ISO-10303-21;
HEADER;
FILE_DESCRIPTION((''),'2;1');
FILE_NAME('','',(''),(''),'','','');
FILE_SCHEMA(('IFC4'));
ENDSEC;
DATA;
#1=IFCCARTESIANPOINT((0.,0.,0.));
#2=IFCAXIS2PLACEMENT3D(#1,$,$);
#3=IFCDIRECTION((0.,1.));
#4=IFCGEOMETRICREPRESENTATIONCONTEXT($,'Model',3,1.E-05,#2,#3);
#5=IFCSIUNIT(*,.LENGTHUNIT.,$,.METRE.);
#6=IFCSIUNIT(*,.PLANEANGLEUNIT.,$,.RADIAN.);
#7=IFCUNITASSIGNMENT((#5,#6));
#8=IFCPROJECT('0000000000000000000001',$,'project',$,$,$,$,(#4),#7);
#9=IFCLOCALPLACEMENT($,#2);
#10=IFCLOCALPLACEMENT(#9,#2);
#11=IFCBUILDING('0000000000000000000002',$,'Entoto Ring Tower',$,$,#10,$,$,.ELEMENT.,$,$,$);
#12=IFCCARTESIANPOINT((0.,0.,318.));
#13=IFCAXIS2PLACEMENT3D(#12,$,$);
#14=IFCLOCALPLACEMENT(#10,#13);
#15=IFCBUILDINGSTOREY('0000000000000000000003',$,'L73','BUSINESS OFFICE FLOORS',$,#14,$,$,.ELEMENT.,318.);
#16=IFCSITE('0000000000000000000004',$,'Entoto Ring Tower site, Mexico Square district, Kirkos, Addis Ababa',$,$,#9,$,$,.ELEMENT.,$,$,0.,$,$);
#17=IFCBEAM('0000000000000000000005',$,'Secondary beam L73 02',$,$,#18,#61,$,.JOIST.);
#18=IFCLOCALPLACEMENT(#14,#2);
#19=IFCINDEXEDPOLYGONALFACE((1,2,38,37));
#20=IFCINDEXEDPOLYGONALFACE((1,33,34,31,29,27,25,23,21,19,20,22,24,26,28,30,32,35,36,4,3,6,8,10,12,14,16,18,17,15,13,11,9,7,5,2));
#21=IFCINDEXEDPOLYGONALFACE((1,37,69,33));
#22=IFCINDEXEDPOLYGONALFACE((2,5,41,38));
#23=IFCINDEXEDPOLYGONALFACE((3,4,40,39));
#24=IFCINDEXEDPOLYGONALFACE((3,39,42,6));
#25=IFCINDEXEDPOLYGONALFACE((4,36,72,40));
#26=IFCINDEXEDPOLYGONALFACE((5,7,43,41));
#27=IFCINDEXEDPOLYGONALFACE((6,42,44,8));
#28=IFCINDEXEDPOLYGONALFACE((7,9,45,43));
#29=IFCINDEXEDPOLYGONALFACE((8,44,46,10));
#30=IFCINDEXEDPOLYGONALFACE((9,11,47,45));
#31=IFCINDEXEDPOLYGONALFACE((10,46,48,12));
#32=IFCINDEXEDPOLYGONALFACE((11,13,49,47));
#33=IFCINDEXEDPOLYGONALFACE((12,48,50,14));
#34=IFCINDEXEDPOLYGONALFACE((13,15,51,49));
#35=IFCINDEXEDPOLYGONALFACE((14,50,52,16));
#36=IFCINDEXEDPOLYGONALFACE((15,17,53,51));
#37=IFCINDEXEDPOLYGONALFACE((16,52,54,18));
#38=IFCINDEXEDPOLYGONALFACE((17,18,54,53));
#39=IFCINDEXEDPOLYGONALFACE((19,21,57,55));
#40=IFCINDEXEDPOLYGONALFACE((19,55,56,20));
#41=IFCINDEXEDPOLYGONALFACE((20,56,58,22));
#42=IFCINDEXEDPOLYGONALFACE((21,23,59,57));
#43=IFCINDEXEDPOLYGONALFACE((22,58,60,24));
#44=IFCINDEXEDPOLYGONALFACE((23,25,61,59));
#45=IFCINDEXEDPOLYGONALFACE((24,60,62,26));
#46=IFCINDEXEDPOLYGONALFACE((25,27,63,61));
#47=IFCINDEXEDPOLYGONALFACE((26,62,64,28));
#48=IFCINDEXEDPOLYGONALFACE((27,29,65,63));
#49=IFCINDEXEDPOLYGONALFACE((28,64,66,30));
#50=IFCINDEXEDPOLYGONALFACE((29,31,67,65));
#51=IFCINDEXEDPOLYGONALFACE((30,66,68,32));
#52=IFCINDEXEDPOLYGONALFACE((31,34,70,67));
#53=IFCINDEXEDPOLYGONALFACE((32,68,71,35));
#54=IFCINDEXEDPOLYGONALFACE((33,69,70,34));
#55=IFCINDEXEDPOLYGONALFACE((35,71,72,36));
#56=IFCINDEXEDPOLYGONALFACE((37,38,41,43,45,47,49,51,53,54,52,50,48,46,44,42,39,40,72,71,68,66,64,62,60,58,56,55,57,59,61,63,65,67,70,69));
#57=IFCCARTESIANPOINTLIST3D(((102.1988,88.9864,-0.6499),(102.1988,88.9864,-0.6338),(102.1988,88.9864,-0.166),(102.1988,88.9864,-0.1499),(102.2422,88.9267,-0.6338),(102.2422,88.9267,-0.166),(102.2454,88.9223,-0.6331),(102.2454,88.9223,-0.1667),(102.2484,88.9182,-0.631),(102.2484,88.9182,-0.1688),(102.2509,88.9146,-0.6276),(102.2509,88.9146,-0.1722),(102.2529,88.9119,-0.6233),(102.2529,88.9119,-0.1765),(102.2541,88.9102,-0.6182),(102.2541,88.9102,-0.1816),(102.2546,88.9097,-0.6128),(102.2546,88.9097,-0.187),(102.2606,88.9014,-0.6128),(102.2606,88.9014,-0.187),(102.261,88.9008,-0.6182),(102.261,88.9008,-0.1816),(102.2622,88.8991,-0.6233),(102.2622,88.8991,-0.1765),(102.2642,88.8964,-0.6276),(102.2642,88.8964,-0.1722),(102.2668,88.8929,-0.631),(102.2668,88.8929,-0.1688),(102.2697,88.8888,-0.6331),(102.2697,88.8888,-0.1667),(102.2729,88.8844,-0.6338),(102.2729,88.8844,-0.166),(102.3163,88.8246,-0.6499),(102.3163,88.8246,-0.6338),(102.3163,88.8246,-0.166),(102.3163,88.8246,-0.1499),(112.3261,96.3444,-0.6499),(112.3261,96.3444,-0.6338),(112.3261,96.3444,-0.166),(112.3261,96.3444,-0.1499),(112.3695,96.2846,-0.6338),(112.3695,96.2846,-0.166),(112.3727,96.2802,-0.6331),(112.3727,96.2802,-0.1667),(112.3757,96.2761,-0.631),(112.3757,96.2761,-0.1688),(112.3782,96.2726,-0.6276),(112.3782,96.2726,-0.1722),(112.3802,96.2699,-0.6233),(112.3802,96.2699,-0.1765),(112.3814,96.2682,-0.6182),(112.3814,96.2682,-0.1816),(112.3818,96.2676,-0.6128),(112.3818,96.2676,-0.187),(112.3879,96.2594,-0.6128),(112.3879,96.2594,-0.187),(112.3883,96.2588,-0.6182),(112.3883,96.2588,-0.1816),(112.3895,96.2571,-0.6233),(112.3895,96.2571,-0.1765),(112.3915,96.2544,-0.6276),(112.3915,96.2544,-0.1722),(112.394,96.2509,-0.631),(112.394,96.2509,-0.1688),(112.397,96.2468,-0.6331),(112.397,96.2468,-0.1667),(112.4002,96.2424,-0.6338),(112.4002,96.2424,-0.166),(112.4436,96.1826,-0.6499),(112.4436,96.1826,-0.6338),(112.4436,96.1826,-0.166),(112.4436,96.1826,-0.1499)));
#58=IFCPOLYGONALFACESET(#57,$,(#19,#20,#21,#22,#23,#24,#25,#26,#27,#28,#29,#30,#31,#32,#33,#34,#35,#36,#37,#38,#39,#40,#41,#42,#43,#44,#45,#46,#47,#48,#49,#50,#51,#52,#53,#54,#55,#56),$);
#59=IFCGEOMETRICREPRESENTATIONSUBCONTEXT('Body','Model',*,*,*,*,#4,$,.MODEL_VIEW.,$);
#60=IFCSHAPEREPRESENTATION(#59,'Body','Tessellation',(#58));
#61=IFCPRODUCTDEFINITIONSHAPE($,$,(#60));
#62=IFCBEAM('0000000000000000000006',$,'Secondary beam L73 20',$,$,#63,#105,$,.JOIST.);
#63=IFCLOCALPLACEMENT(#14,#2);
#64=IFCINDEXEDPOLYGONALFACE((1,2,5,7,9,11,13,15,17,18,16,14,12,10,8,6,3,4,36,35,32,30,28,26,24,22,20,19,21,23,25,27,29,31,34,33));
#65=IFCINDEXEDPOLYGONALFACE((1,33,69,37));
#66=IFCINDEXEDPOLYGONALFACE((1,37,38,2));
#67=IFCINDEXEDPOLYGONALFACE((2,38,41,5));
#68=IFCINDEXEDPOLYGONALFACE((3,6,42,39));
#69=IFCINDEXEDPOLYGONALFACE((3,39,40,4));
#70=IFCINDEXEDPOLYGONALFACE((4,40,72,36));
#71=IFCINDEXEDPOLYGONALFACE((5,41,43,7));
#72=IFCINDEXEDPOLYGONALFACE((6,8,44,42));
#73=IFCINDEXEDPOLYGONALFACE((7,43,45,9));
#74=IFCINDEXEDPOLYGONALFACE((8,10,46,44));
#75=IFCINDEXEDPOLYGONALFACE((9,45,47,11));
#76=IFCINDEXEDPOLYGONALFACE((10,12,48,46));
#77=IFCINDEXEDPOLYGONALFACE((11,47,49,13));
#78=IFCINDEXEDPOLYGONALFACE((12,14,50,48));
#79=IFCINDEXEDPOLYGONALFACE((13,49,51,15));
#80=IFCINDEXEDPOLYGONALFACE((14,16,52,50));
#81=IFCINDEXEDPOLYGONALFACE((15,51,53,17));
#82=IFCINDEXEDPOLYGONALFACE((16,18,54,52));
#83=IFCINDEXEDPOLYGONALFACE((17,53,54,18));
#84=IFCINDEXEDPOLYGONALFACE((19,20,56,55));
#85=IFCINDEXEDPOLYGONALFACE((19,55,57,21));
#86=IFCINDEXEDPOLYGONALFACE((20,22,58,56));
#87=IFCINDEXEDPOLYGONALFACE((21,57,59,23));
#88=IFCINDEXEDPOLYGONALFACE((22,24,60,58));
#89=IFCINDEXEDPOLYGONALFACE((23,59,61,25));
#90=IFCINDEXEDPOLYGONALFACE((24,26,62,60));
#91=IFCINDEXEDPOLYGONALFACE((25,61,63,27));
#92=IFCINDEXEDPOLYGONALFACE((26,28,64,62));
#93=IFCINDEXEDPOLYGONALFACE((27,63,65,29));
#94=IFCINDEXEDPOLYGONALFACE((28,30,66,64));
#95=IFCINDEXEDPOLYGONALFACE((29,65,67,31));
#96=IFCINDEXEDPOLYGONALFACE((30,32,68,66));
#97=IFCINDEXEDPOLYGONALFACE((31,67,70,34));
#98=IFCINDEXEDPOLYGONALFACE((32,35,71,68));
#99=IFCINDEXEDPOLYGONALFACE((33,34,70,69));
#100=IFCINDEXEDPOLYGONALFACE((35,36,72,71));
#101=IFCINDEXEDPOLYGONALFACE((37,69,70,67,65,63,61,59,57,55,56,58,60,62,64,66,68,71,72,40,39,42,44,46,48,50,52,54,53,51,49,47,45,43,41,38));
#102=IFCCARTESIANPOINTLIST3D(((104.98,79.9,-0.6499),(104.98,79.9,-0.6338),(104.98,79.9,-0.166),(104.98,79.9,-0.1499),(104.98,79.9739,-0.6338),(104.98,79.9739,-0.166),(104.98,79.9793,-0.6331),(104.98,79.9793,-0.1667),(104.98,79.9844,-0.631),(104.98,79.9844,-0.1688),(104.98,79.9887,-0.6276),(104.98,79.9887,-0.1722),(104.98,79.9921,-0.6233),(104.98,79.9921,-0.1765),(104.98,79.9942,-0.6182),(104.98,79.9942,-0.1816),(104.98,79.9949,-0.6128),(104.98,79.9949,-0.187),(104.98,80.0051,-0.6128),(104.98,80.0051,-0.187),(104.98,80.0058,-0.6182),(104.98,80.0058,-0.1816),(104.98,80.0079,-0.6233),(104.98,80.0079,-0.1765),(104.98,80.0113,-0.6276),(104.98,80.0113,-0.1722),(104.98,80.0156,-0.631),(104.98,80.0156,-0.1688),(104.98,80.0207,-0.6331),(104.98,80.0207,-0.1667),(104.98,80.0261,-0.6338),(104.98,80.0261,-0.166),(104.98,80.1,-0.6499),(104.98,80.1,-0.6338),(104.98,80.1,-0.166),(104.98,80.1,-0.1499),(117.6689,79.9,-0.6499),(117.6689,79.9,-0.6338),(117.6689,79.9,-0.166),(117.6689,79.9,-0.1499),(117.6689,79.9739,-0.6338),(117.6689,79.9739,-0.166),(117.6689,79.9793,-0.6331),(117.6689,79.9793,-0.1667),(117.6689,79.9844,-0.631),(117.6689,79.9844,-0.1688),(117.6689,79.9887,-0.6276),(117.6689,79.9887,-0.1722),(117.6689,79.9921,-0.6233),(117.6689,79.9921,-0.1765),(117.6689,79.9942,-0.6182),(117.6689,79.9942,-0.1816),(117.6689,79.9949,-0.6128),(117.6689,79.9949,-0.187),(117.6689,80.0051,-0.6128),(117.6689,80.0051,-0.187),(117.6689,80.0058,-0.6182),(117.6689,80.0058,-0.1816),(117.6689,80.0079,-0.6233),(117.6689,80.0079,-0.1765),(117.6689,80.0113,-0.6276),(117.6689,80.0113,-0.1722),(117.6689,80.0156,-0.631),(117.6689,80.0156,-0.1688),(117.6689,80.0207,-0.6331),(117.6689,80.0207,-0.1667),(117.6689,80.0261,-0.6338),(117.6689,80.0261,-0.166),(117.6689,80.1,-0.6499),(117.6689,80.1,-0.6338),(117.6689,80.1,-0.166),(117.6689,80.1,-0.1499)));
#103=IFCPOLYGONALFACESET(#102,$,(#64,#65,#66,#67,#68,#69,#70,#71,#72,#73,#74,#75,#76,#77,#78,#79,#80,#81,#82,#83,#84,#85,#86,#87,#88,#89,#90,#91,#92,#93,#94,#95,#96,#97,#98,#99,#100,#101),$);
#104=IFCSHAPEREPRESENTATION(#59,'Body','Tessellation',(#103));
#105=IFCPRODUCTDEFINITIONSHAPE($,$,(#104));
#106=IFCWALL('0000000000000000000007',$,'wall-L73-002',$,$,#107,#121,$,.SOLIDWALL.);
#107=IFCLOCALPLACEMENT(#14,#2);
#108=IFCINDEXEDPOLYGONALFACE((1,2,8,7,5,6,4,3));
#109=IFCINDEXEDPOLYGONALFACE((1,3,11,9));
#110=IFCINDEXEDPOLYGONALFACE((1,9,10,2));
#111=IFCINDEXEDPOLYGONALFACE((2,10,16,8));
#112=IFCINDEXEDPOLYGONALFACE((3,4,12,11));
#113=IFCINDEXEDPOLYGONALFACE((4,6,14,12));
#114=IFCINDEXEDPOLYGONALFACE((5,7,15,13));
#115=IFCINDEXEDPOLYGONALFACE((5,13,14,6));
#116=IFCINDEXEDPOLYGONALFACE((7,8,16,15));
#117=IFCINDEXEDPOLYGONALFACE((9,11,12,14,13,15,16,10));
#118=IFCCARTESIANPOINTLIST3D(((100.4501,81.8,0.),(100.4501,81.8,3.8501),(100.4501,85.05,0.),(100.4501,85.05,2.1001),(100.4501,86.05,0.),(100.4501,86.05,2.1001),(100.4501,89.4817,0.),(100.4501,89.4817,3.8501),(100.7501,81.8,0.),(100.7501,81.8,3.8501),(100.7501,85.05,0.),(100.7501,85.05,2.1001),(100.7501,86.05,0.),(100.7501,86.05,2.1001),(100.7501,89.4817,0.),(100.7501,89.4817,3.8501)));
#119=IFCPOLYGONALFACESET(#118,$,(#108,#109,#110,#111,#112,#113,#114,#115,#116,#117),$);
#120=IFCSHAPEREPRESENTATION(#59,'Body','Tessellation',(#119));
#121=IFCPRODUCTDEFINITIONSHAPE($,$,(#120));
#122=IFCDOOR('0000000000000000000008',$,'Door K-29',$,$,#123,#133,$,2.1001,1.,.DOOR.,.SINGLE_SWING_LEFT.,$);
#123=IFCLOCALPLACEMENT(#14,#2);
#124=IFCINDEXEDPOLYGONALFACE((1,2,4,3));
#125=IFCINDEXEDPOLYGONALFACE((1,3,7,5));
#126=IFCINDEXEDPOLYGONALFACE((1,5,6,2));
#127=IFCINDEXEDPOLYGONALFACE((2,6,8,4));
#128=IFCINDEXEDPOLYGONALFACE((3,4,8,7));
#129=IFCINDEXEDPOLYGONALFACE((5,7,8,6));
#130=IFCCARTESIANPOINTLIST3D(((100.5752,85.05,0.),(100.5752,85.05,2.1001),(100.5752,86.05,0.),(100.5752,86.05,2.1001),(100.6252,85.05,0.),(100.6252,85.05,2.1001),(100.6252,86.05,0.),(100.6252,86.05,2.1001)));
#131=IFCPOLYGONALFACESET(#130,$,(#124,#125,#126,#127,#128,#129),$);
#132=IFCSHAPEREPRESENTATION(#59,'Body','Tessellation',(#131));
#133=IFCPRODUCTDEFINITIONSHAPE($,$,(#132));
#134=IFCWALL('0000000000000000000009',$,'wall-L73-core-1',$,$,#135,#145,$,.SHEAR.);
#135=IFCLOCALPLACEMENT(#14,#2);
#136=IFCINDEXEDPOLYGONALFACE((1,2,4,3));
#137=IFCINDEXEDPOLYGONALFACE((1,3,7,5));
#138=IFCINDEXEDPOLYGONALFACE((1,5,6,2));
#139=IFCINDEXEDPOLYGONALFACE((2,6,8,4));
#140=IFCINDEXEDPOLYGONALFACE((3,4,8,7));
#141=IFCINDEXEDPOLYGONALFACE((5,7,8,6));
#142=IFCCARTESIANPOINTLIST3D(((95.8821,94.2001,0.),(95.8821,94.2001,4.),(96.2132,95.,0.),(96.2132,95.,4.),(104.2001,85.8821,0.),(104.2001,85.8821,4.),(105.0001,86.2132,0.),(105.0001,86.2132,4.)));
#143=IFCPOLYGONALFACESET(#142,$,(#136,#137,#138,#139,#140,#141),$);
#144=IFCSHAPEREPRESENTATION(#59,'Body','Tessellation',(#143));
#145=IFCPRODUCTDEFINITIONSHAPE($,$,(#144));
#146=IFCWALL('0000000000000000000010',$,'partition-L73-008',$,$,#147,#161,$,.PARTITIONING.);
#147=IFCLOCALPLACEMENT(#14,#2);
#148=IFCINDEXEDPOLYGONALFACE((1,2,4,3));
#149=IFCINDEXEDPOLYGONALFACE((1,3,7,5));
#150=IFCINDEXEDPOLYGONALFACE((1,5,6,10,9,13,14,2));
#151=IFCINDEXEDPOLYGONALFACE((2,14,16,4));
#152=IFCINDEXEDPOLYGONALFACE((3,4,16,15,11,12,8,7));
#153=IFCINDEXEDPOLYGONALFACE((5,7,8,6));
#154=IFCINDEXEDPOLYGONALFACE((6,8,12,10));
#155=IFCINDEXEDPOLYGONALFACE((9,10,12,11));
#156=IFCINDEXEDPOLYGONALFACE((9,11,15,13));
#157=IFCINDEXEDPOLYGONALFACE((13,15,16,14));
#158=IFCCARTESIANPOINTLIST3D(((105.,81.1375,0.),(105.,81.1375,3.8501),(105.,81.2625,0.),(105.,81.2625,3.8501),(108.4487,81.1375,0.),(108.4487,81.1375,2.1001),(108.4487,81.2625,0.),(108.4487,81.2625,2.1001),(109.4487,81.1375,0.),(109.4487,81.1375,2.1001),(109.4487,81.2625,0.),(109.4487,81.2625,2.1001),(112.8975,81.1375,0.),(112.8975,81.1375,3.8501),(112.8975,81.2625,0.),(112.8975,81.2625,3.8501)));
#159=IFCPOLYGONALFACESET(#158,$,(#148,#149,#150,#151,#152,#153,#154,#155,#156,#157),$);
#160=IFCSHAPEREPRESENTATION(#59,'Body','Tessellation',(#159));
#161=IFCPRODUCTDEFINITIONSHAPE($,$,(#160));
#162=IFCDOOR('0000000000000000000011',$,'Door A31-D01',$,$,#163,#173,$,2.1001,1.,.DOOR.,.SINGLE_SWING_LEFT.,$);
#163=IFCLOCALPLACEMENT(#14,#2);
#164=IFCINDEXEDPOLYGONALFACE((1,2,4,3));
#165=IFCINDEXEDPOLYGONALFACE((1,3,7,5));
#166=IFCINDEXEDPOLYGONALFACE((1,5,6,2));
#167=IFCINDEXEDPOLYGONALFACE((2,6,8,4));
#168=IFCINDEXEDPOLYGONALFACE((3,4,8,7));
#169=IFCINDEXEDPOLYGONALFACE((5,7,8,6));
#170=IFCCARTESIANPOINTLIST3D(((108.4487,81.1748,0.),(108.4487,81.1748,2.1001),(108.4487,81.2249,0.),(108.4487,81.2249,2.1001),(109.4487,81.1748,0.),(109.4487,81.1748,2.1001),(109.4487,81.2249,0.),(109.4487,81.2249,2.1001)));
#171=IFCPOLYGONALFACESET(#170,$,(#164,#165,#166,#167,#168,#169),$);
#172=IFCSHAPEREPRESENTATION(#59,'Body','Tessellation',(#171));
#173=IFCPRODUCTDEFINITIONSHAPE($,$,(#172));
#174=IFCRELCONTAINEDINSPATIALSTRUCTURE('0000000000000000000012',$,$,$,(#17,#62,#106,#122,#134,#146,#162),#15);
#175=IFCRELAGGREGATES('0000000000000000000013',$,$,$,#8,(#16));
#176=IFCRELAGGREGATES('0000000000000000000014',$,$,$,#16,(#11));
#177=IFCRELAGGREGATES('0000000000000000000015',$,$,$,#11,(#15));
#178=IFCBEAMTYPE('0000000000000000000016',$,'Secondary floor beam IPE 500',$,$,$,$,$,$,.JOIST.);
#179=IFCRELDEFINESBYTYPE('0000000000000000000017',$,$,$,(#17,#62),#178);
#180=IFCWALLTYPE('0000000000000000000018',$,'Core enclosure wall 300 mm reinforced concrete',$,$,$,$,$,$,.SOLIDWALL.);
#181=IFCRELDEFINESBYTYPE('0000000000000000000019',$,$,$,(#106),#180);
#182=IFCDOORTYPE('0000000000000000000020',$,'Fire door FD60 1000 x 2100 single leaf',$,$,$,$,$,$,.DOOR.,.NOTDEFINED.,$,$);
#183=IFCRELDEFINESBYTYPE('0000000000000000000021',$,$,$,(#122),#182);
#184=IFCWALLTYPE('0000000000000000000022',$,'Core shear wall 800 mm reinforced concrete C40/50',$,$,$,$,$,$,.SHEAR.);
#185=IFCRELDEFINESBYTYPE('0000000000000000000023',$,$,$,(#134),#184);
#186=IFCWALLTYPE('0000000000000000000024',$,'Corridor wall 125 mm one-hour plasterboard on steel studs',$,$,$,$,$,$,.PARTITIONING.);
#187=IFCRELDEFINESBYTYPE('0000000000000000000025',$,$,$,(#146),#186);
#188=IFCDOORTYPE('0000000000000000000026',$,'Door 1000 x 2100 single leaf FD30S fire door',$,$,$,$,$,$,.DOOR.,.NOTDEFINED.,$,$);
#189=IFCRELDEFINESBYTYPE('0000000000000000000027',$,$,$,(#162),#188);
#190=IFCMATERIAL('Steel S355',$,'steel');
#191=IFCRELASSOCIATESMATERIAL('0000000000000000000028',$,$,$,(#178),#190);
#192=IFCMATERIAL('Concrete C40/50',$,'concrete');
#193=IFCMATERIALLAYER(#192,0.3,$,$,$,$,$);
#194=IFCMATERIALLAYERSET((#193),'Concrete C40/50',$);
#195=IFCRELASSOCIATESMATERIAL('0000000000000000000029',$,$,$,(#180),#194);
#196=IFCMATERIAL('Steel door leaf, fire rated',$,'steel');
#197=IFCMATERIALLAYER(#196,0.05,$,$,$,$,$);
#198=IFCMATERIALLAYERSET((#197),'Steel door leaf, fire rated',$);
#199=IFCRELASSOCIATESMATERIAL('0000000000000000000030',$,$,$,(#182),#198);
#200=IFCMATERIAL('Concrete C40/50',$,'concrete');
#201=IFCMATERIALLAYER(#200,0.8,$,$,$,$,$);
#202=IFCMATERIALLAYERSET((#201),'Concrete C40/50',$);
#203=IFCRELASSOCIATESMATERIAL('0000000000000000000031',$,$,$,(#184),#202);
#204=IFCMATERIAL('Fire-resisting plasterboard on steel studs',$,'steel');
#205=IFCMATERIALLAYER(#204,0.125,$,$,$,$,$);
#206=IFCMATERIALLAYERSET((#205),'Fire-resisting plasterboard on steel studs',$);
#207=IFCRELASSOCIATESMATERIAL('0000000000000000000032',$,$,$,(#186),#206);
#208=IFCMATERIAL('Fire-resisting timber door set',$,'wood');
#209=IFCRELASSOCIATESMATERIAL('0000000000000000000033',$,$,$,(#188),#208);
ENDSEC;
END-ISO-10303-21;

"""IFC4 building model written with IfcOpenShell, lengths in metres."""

from ifc_helpers import new_model, si_unit, direction, frame, frame_2d, origin, origin_2d, place, context, subcontext, project, spatial, polyline, rectangle, i_section, outline, extrude, material, layer, layer_set, material_profile, profile_set, type_object, element, fill, save


model = new_model("IFC4")

# Units and contexts
model_context = context("Model", 3, precision=1e-05, world=origin(), true_north=direction((0.0, 1.0)))
body_context = subcontext(model_context, "Body", "Model", "MODEL_VIEW")
ifc_project = project(units=[si_unit("LENGTHUNIT", "METRE"), si_unit("PLANEANGLEUNIT", "RADIAN")], contexts=[model_context])

# Site, building, storey
site_placement = place(None, origin())
site = spatial("IfcSite", under=ifc_project, at=site_placement, Name="Entoto Ring Tower site, Mexico Square district, Kirkos, Addis Ababa", CompositionType="ELEMENT", RefElevation=0.0)
building_placement = place(site_placement, origin())
building = spatial("IfcBuilding", under=site, at=building_placement, Name="Entoto Ring Tower", CompositionType="ELEMENT")
storey_placement = place(building_placement, frame((0.0, 0.0, 318.0)))
storey = spatial("IfcBuildingStorey", under=building, at=storey_placement, Name="L73", Description="BUSINESS OFFICE FLOORS", CompositionType="ELEMENT", Elevation=318.0)

# Beams
ifc_material_1 = material(Name="Steel S355", Category="steel")
ifc_material_profile_1 = material_profile(ifc_material_1, i_section(OverallWidth=0.2, OverallDepth=0.5, WebThickness=0.0103, FlangeThickness=0.0161, FilletRadius=0.021, at=origin_2d()), Name="IPE 500")
ifc_profile_set_1 = profile_set([ifc_material_profile_1], Name="Steel S355")
beam_type_1 = type_object("IfcBeamType", Name="Secondary floor beam IPE 500", PredefinedType="JOIST", material=ifc_profile_set_1)
beam_1_placement = place(storey_placement, frame((102.2576, 88.9055, -0.3999), z_axis=(0.809014, 0.587789, 0.0), x_axis=(-0.587789, 0.809014, 0.0)))
element("IfcBeam", 1, at=beam_1_placement, inside=storey, type_object=beam_type_1, Name="Secondary beam L73 02", PredefinedType="JOIST", context=body_context, shape_type="SweptSolid", body=[
    extrude(i_section(OverallWidth=0.2, OverallDepth=0.5, WebThickness=0.0103, FlangeThickness=0.0161, FilletRadius=0.021, at=origin_2d()), origin(), (0.0, 0.0, 1.0), 12.5181),
])
beam_2_placement = place(storey_placement, frame((104.98, 80.0, -0.3999), z_axis=(1.0, 0.0, 0.0), x_axis=(0.0, 1.0, 0.0)))
element("IfcBeam", 2, at=beam_2_placement, inside=storey, type_object=beam_type_1, Name="Secondary beam L73 20", PredefinedType="JOIST", context=body_context, shape_type="SweptSolid", body=[
    extrude(i_section(OverallWidth=0.2, OverallDepth=0.5, WebThickness=0.0103, FlangeThickness=0.0161, FilletRadius=0.021, at=origin_2d()), origin(), (0.0, 0.0, 1.0), 12.689),
])

# Wall, opening, door
ifc_material_2 = material(Name="Concrete C40/50", Category="concrete")
ifc_layer_1 = layer(ifc_material_2, 0.3)
ifc_layer_set_1 = layer_set([ifc_layer_1], Name="Concrete C40/50")
wall_type_1 = type_object("IfcWallType", Name="Core enclosure wall 300 mm reinforced concrete", PredefinedType="SOLIDWALL", material=ifc_layer_set_1)
wall_1_placement = place(storey_placement, frame((100.6001, 81.8, 0.0), z_axis=(0.0, 0.0, 1.0), x_axis=(0.0, 1.0, 0.0)))
wall_1 = element("IfcWall", 3, at=wall_1_placement, inside=storey, type_object=wall_type_1, Name="wall-L73-002", PredefinedType="SOLIDWALL", context=body_context, shape_type="SweptSolid", body=[
    extrude(rectangle(XDim=7.6816, YDim=0.3, at=frame_2d((3.8408, 0.0))), origin(), (0.0, 0.0, 1.0), 3.8501),
])
opening_1_placement = place(wall_1_placement, frame((3.25, 0.0, 0.0)))
opening_1 = element("IfcOpeningElement", 4, at=opening_1_placement, cuts=wall_1, PredefinedType="OPENING", context=body_context, shape_type="SweptSolid", body=[
    extrude(rectangle(XDim=1.0, YDim=2.1001, at=frame_2d((0.5, 1.05))), frame((0.0, 0.1602, 0.0), z_axis=(0.0, -1.0, 0.0), x_axis=(1.0, 0.0, 0.0)), (0.0, 0.0, 1.0), 0.3201),
])
ifc_material_3 = material(Name="Steel door leaf, fire rated", Category="steel")
ifc_layer_2 = layer(ifc_material_3, 0.05)
ifc_layer_set_2 = layer_set([ifc_layer_2], Name="Steel door leaf, fire rated")
door_type_1 = type_object("IfcDoorType", Name="Fire door FD60 1000 x 2100 single leaf", OperationType="NOTDEFINED", PredefinedType="DOOR", material=ifc_layer_set_2)
door_1_placement = place(opening_1_placement, origin())
door_1 = element("IfcDoor", 5, at=door_1_placement, inside=storey, type_object=door_type_1, Name="Door K-29", OperationType="SINGLE_SWING_LEFT", OverallHeight=2.1001, OverallWidth=1.0, PredefinedType="DOOR", context=body_context, shape_type="SweptSolid", body=[
    extrude(rectangle(XDim=1.0, YDim=2.1001, at=frame_2d((0.5, 1.05))), frame((0.0, 0.0249, 0.0), z_axis=(0.0, -1.0, 0.0), x_axis=(1.0, 0.0, 0.0)), (0.0, 0.0, 1.0), 0.05),
])
fill(opening_1, door_1)

# Wall
ifc_material_4 = material(Name="Concrete C40/50", Category="concrete")
ifc_layer_3 = layer(ifc_material_4, 0.8)
ifc_layer_set_3 = layer_set([ifc_layer_3], Name="Concrete C40/50")
wall_type_2 = type_object("IfcWallType", Name="Core shear wall 800 mm reinforced concrete C40/50", PredefinedType="SHEAR", material=ifc_layer_set_3)
wall_2_placement = place(storey_placement, frame((104.6001, 86.0476, 0.0), z_axis=(0.0, 0.0, 1.0), x_axis=(-0.707107, 0.707107, 0.0)))
element("IfcWall", 6, at=wall_2_placement, inside=storey, type_object=wall_type_2, Name="wall-L73-core-1", PredefinedType="SHEAR", context=body_context, shape_type="SweptSolid", body=[
    extrude(outline(polyline([(-0.1658, -0.3999), (12.2607, -0.3999), (11.9292, 0.3999), (0.1658, 0.3999), (-0.1658, -0.3999)])), origin(), (0.0, 0.0, 1.0), 4.0),
])

# Wall, opening, door
ifc_material_5 = material(Name="Fire-resisting plasterboard on steel studs", Category="steel")
ifc_layer_4 = layer(ifc_material_5, 0.125)
ifc_layer_set_4 = layer_set([ifc_layer_4], Name="Fire-resisting plasterboard on steel studs")
wall_type_3 = type_object("IfcWallType", Name="Corridor wall 125 mm one-hour plasterboard on steel studs", PredefinedType="PARTITIONING", material=ifc_layer_set_4)
wall_3_placement = place(storey_placement, frame((105.0, 81.2, 0.0), z_axis=(0.0, 0.0, 1.0), x_axis=(1.0, 0.0, 0.0)))
wall_3 = element("IfcWall", 7, at=wall_3_placement, inside=storey, type_object=wall_type_3, Name="partition-L73-008", PredefinedType="PARTITIONING", context=body_context, shape_type="SweptSolid", body=[
    extrude(rectangle(XDim=7.8975, YDim=0.125, at=frame_2d((3.9487, 0.0))), origin(), (0.0, 0.0, 1.0), 3.8501),
])
opening_2_placement = place(wall_3_placement, frame((3.4487, 0.0, 0.0)))
opening_2 = element("IfcOpeningElement", 8, at=opening_2_placement, cuts=wall_3, PredefinedType="OPENING", context=body_context, shape_type="SweptSolid", body=[
    extrude(rectangle(XDim=1.0, YDim=2.1001, at=frame_2d((0.5, 1.05))), frame((0.0, 0.0725, 0.0), z_axis=(0.0, -1.0, 0.0), x_axis=(1.0, 0.0, 0.0)), (0.0, 0.0, 1.0), 0.145),
])
ifc_material_6 = material(Name="Fire-resisting timber door set", Category="wood")
door_type_2 = type_object("IfcDoorType", Name="Door 1000 x 2100 single leaf FD30S fire door", OperationType="NOTDEFINED", PredefinedType="DOOR", material=ifc_material_6)
door_2_placement = place(opening_2_placement, origin())
door_2 = element("IfcDoor", 9, at=door_2_placement, inside=storey, type_object=door_type_2, Name="Door A31-D01", OperationType="SINGLE_SWING_LEFT", OverallHeight=2.1001, OverallWidth=1.0, PredefinedType="DOOR", context=body_context, shape_type="SweptSolid", body=[
    extrude(rectangle(XDim=1.0, YDim=2.1001, at=frame_2d((0.5, 1.05))), frame((0.0, 0.0249, 0.0), z_axis=(0.0, -1.0, 0.0), x_axis=(1.0, 0.0, 0.0)), (0.0, 0.0, 1.0), 0.05),
])
fill(opening_2, door_2)

save(model, "model.ifc")
